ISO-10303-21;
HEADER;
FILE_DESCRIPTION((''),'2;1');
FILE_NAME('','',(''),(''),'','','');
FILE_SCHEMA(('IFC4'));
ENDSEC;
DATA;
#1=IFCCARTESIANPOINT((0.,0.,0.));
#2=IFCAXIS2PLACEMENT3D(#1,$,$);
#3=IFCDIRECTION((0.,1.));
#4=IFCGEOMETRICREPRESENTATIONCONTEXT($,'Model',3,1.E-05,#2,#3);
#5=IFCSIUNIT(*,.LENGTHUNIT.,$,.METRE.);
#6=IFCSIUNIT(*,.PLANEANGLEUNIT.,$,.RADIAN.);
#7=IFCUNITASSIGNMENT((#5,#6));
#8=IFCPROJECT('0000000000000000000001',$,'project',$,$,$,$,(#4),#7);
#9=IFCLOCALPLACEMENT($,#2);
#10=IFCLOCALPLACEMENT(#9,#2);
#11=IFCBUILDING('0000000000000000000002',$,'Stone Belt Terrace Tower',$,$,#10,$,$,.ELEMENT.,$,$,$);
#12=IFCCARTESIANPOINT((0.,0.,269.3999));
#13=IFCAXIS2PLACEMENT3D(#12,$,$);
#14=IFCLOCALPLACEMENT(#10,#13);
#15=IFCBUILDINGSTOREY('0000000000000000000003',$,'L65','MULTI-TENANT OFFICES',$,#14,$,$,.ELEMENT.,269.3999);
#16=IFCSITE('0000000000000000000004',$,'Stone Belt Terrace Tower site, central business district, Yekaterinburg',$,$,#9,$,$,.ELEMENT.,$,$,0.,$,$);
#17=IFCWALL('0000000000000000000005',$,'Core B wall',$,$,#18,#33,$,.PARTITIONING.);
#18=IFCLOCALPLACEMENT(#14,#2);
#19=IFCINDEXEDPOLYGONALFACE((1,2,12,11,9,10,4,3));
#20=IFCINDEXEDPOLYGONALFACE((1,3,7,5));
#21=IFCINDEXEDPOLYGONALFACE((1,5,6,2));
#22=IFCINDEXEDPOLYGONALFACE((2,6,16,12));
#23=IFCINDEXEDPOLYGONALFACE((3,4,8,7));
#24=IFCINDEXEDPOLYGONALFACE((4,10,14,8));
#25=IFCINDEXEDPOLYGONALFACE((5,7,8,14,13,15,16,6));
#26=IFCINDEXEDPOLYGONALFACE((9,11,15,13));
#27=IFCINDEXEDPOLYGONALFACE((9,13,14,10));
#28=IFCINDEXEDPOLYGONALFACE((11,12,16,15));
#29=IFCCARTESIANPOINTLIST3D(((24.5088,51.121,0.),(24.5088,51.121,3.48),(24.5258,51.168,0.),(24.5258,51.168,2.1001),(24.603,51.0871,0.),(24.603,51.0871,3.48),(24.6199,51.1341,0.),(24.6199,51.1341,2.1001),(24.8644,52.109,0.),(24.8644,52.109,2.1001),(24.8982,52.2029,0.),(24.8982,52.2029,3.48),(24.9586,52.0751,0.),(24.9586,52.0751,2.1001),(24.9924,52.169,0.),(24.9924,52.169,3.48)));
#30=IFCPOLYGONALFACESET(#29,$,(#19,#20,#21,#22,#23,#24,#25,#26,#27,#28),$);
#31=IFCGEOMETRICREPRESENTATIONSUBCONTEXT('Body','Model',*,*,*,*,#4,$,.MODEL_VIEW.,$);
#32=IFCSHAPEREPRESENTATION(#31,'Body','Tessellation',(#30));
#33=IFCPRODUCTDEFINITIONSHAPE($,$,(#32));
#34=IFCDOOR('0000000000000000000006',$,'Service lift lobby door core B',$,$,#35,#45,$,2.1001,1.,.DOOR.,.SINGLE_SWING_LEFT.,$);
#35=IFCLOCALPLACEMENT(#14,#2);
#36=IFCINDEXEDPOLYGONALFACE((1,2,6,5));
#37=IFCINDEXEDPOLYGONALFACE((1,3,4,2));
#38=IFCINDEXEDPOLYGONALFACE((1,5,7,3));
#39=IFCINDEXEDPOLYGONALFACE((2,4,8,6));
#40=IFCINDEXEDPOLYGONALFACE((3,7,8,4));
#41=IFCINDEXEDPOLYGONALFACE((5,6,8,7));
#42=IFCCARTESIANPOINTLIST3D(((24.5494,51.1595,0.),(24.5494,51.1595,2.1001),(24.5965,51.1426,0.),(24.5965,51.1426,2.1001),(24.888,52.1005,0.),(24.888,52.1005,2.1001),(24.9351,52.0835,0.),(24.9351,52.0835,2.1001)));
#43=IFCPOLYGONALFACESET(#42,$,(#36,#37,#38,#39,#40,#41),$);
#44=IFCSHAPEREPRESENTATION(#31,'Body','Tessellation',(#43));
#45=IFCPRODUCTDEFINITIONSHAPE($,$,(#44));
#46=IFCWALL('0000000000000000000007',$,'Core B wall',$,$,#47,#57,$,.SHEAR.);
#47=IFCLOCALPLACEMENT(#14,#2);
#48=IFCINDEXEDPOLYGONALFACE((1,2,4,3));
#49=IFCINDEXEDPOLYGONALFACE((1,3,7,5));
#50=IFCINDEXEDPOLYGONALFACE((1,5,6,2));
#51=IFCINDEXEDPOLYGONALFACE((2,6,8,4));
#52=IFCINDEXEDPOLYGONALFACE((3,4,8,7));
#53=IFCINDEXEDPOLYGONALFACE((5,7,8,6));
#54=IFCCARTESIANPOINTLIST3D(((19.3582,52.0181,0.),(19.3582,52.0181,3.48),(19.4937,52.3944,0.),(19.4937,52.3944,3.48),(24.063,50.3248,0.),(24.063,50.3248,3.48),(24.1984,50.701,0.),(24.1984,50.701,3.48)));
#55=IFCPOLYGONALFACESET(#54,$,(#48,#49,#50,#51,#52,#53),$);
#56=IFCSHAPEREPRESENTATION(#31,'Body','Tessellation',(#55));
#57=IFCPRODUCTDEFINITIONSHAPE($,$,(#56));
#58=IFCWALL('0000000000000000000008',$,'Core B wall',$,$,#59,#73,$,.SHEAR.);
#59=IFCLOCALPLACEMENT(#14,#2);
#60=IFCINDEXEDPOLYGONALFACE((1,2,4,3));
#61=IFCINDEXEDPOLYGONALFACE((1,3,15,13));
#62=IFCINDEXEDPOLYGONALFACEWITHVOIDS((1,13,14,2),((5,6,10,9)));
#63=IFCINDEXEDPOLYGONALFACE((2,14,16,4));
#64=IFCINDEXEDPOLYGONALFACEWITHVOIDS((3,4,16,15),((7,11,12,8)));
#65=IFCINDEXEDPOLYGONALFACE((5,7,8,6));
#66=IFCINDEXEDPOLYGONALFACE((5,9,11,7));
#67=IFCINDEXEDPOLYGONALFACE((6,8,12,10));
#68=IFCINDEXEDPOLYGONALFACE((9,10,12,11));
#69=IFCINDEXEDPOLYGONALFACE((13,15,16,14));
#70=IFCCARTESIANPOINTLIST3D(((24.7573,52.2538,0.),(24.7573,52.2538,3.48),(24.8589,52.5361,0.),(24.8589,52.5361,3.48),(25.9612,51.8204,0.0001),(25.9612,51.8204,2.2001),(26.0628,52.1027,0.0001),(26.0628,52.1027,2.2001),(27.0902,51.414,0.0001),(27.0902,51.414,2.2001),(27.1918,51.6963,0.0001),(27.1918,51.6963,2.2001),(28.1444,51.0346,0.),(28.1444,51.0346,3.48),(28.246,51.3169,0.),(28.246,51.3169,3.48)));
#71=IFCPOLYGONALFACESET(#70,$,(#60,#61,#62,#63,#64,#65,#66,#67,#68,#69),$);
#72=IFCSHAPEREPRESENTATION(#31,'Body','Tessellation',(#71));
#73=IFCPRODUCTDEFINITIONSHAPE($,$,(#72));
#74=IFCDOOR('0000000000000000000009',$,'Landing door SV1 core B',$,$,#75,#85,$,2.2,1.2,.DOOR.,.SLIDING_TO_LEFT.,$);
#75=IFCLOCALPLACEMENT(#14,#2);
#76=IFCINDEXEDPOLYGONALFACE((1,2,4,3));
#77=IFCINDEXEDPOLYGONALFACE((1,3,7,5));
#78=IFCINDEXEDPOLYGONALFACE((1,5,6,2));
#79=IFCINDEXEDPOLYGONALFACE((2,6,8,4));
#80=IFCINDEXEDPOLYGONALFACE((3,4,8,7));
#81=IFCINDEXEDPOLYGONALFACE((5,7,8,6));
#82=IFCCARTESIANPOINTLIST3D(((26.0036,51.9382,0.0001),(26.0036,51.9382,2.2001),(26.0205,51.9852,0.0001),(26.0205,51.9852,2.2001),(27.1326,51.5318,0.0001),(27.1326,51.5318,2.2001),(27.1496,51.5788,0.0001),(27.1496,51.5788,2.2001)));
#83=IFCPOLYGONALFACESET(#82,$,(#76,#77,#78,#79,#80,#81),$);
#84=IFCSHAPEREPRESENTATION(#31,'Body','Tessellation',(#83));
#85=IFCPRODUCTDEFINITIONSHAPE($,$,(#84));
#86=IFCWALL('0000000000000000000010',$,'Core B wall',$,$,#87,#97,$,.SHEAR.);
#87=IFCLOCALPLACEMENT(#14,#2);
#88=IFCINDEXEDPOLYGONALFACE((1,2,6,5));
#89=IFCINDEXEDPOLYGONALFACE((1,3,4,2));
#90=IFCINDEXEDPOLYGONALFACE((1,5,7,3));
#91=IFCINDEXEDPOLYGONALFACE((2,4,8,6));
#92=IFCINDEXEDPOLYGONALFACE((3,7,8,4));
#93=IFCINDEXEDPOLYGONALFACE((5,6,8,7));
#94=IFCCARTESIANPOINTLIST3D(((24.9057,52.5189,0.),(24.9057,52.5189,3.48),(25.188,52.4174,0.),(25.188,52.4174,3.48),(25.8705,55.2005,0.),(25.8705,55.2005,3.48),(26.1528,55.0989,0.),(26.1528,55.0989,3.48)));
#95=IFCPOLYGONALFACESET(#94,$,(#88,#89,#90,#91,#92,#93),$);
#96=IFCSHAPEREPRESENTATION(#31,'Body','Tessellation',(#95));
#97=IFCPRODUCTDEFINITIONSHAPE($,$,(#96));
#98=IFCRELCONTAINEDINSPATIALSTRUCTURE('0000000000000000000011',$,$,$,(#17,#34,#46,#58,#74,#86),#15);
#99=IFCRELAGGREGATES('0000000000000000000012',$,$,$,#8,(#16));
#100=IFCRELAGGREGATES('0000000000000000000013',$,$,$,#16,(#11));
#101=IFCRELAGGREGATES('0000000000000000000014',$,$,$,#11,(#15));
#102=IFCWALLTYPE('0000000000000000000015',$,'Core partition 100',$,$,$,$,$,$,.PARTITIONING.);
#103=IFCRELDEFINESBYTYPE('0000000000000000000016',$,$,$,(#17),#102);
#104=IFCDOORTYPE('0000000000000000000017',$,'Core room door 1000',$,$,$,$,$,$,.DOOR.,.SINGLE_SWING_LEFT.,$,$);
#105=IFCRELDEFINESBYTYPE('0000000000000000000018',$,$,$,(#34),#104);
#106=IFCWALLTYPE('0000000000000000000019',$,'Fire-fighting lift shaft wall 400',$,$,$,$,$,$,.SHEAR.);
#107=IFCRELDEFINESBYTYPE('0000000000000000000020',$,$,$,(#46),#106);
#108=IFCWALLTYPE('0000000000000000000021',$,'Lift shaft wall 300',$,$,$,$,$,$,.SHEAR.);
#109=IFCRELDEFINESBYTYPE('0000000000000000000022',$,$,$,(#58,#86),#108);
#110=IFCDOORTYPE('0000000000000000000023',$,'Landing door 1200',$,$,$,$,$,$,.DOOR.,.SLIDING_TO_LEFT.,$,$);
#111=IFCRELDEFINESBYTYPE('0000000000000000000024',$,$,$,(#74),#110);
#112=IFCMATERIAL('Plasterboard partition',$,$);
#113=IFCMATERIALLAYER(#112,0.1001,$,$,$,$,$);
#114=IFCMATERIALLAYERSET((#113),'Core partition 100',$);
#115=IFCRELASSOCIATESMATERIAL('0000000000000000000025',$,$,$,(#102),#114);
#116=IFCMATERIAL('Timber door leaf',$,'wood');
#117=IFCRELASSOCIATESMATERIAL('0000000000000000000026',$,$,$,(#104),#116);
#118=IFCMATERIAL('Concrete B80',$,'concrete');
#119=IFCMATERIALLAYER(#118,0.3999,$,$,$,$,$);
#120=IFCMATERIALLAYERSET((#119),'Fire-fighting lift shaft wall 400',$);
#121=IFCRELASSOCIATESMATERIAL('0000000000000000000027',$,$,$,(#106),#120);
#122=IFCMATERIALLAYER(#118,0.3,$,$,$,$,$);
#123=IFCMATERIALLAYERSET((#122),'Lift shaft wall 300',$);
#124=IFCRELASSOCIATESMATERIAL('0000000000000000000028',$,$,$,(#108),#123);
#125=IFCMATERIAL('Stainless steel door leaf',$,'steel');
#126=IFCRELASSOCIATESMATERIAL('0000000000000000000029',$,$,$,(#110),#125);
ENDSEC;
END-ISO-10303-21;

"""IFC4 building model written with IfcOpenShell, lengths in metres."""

from ifc_helpers import new_model, si_unit, direction, frame, frame_2d, origin, place, context, subcontext, project, spatial, rectangle, extrude, material, layer, layer_set, type_object, element, fill, save


model = new_model("IFC4")

# Units and contexts
model_context = context("Model", 3, precision=1e-05, world=origin(), true_north=direction((0.0, 1.0)))
body_context = subcontext(model_context, "Body", "Model", "MODEL_VIEW")
ifc_project = project(units=[si_unit("LENGTHUNIT", "METRE"), si_unit("PLANEANGLEUNIT", "RADIAN")], contexts=[model_context])

# Site, building, storey
site_placement = place(None, origin())
site = spatial("IfcSite", under=ifc_project, at=site_placement, Name="Stone Belt Terrace Tower site, central business district, Yekaterinburg", CompositionType="ELEMENT", RefElevation=0.0)
building_placement = place(site_placement, origin())
building = spatial("IfcBuilding", under=site, at=building_placement, Name="Stone Belt Terrace Tower", CompositionType="ELEMENT")
storey_placement = place(building_placement, frame((0.0, 0.0, 269.3999)))
storey = spatial("IfcBuildingStorey", under=building, at=storey_placement, Name="L65", Description="MULTI-TENANT OFFICES", CompositionType="ELEMENT", Elevation=269.3999)

# Wall, opening, door
ifc_material_1 = material(Name="Plasterboard partition")
ifc_layer_1 = layer(ifc_material_1, 0.1001)
ifc_layer_set_1 = layer_set([ifc_layer_1], Name="Core partition 100")
wall_type_1 = type_object("IfcWallType", Name="Core partition 100", PredefinedType="PARTITIONING", material=ifc_layer_set_1)
wall_1_placement = place(storey_placement, frame((24.5559, 51.104, 0.0), z_axis=(0.0, 0.0, 1.0), x_axis=(0.338622, 0.940923, 0.0)))
wall_1 = element("IfcWall", 1, at=wall_1_placement, inside=storey, type_object=wall_type_1, Name="Core B wall", PredefinedType="PARTITIONING", context=body_context, shape_type="SweptSolid", body=[
    extrude(rectangle(XDim=1.1499, YDim=0.1001, at=frame_2d((0.575, 0.0))), origin(), (0.0, 0.0, 1.0), 3.48),
])
opening_1_placement = place(wall_1_placement, frame((0.05, 0.0, 0.0)))
opening_1 = element("IfcOpeningElement", 2, at=opening_1_placement, cuts=wall_1, PredefinedType="OPENING", context=body_context, shape_type="SweptSolid", body=[
    extrude(rectangle(XDim=1.0, YDim=2.1001, at=frame_2d((0.5, 1.05))), frame((0.0, 0.0601, 0.0), z_axis=(0.0, -1.0, 0.0), x_axis=(1.0, 0.0, 0.0)), (0.0, 0.0, 1.0), 0.1201),
])
ifc_material_2 = material(Name="Timber door leaf", Category="wood")
door_type_1 = type_object("IfcDoorType", Name="Core room door 1000", OperationType="SINGLE_SWING_LEFT", PredefinedType="DOOR", material=ifc_material_2)
door_1_placement = place(opening_1_placement, origin())
door_1 = element("IfcDoor", 3, at=door_1_placement, inside=storey, type_object=door_type_1, Name="Service lift lobby door core B", OperationType="SINGLE_SWING_LEFT", OverallHeight=2.1001, OverallWidth=1.0, PredefinedType="DOOR", context=body_context, shape_type="SweptSolid", body=[
    extrude(rectangle(XDim=1.0, YDim=2.1001, at=frame_2d((0.5, 1.05))), frame((0.0, 0.0249, 0.0), z_axis=(0.0, -1.0, 0.0), x_axis=(1.0, 0.0, 0.0)), (0.0, 0.0, 1.0), 0.05),
])
fill(opening_1, door_1)

# Wall
ifc_material_3 = material(Name="Concrete B80", Category="concrete")
ifc_layer_2 = layer(ifc_material_3, 0.3999)
ifc_layer_set_2 = layer_set([ifc_layer_2], Name="Fire-fighting lift shaft wall 400")
wall_type_2 = type_object("IfcWallType", Name="Fire-fighting lift shaft wall 400", PredefinedType="SHEAR", material=ifc_layer_set_2)
wall_2_placement = place(storey_placement, frame((24.1306, 50.5129, 0.0), z_axis=(0.0, 0.0, 1.0), x_axis=(-0.940912, 0.338652, 0.0)))
element("IfcWall", 4, at=wall_2_placement, inside=storey, type_object=wall_type_2, Name="Core B wall", PredefinedType="SHEAR", context=body_context, shape_type="SweptSolid", body=[
    extrude(rectangle(XDim=5.0002, YDim=0.3999, at=frame_2d((2.5, 0.0))), origin(), (0.0, 0.0, 1.0), 3.48),
])

# Wall, opening, door
ifc_layer_3 = layer(ifc_material_3, 0.3)
ifc_layer_set_3 = layer_set([ifc_layer_3], Name="Lift shaft wall 300")
wall_type_3 = type_object("IfcWallType", Name="Lift shaft wall 300", PredefinedType="SHEAR", material=ifc_layer_set_3)
wall_3_placement = place(storey_placement, frame((28.1951, 51.1758, 0.0), z_axis=(0.0, 0.0, 1.0), x_axis=(-0.940901, 0.338681, 0.0)))
wall_3 = element("IfcWall", 5, at=wall_3_placement, inside=storey, type_object=wall_type_3, Name="Core B wall", PredefinedType="SHEAR", context=body_context, shape_type="SweptSolid", body=[
    extrude(rectangle(XDim=3.5999, YDim=0.3, at=frame_2d((1.7998, 0.0))), origin(), (0.0, 0.0, 1.0), 3.48),
])
opening_2_placement = place(wall_3_placement, frame((1.1201, 0.0, 0.0)))
opening_2 = element("IfcOpeningElement", 6, at=opening_2_placement, cuts=wall_3, PredefinedType="OPENING", context=body_context, shape_type="SweptSolid", body=[
    extrude(rectangle(XDim=1.2, YDim=2.2, at=frame_2d((0.6001, 1.1001))), frame((0.0, 0.1599, 0.0), z_axis=(0.0, -1.0, 0.0), x_axis=(1.0, 0.0, 0.0)), (0.0, 0.0, 1.0), 0.3201),
])
ifc_material_4 = material(Name="Stainless steel door leaf", Category="steel")
door_type_2 = type_object("IfcDoorType", Name="Landing door 1200", OperationType="SLIDING_TO_LEFT", PredefinedType="DOOR", material=ifc_material_4)
door_2_placement = place(opening_2_placement, origin())
door_2 = element("IfcDoor", 7, at=door_2_placement, inside=storey, type_object=door_type_2, Name="Landing door SV1 core B", OperationType="SLIDING_TO_LEFT", OverallHeight=2.2, OverallWidth=1.2, PredefinedType="DOOR", context=body_context, shape_type="SweptSolid", body=[
    extrude(rectangle(XDim=1.2, YDim=2.2, at=frame_2d((0.6001, 1.1001))), frame((0.0, 0.0249, 0.0), z_axis=(0.0, -1.0, 0.0), x_axis=(1.0, 0.0, 0.0)), (0.0, 0.0, 1.0), 0.05),
])
fill(opening_2, door_2)

# Wall
wall_4_placement = place(storey_placement, frame((25.0469, 52.4683, 0.0), z_axis=(0.0, 0.0, 1.0), x_axis=(0.33855, 0.940949, 0.0)))
element("IfcWall", 8, at=wall_4_placement, inside=storey, type_object=wall_type_3, Name="Core B wall", PredefinedType="SHEAR", context=body_context, shape_type="SweptSolid", body=[
    extrude(rectangle(XDim=2.8499, YDim=0.3, at=frame_2d((1.4248, 0.0))), origin(), (0.0, 0.0, 1.0), 3.48),
])

save(model, "model.ifc")
